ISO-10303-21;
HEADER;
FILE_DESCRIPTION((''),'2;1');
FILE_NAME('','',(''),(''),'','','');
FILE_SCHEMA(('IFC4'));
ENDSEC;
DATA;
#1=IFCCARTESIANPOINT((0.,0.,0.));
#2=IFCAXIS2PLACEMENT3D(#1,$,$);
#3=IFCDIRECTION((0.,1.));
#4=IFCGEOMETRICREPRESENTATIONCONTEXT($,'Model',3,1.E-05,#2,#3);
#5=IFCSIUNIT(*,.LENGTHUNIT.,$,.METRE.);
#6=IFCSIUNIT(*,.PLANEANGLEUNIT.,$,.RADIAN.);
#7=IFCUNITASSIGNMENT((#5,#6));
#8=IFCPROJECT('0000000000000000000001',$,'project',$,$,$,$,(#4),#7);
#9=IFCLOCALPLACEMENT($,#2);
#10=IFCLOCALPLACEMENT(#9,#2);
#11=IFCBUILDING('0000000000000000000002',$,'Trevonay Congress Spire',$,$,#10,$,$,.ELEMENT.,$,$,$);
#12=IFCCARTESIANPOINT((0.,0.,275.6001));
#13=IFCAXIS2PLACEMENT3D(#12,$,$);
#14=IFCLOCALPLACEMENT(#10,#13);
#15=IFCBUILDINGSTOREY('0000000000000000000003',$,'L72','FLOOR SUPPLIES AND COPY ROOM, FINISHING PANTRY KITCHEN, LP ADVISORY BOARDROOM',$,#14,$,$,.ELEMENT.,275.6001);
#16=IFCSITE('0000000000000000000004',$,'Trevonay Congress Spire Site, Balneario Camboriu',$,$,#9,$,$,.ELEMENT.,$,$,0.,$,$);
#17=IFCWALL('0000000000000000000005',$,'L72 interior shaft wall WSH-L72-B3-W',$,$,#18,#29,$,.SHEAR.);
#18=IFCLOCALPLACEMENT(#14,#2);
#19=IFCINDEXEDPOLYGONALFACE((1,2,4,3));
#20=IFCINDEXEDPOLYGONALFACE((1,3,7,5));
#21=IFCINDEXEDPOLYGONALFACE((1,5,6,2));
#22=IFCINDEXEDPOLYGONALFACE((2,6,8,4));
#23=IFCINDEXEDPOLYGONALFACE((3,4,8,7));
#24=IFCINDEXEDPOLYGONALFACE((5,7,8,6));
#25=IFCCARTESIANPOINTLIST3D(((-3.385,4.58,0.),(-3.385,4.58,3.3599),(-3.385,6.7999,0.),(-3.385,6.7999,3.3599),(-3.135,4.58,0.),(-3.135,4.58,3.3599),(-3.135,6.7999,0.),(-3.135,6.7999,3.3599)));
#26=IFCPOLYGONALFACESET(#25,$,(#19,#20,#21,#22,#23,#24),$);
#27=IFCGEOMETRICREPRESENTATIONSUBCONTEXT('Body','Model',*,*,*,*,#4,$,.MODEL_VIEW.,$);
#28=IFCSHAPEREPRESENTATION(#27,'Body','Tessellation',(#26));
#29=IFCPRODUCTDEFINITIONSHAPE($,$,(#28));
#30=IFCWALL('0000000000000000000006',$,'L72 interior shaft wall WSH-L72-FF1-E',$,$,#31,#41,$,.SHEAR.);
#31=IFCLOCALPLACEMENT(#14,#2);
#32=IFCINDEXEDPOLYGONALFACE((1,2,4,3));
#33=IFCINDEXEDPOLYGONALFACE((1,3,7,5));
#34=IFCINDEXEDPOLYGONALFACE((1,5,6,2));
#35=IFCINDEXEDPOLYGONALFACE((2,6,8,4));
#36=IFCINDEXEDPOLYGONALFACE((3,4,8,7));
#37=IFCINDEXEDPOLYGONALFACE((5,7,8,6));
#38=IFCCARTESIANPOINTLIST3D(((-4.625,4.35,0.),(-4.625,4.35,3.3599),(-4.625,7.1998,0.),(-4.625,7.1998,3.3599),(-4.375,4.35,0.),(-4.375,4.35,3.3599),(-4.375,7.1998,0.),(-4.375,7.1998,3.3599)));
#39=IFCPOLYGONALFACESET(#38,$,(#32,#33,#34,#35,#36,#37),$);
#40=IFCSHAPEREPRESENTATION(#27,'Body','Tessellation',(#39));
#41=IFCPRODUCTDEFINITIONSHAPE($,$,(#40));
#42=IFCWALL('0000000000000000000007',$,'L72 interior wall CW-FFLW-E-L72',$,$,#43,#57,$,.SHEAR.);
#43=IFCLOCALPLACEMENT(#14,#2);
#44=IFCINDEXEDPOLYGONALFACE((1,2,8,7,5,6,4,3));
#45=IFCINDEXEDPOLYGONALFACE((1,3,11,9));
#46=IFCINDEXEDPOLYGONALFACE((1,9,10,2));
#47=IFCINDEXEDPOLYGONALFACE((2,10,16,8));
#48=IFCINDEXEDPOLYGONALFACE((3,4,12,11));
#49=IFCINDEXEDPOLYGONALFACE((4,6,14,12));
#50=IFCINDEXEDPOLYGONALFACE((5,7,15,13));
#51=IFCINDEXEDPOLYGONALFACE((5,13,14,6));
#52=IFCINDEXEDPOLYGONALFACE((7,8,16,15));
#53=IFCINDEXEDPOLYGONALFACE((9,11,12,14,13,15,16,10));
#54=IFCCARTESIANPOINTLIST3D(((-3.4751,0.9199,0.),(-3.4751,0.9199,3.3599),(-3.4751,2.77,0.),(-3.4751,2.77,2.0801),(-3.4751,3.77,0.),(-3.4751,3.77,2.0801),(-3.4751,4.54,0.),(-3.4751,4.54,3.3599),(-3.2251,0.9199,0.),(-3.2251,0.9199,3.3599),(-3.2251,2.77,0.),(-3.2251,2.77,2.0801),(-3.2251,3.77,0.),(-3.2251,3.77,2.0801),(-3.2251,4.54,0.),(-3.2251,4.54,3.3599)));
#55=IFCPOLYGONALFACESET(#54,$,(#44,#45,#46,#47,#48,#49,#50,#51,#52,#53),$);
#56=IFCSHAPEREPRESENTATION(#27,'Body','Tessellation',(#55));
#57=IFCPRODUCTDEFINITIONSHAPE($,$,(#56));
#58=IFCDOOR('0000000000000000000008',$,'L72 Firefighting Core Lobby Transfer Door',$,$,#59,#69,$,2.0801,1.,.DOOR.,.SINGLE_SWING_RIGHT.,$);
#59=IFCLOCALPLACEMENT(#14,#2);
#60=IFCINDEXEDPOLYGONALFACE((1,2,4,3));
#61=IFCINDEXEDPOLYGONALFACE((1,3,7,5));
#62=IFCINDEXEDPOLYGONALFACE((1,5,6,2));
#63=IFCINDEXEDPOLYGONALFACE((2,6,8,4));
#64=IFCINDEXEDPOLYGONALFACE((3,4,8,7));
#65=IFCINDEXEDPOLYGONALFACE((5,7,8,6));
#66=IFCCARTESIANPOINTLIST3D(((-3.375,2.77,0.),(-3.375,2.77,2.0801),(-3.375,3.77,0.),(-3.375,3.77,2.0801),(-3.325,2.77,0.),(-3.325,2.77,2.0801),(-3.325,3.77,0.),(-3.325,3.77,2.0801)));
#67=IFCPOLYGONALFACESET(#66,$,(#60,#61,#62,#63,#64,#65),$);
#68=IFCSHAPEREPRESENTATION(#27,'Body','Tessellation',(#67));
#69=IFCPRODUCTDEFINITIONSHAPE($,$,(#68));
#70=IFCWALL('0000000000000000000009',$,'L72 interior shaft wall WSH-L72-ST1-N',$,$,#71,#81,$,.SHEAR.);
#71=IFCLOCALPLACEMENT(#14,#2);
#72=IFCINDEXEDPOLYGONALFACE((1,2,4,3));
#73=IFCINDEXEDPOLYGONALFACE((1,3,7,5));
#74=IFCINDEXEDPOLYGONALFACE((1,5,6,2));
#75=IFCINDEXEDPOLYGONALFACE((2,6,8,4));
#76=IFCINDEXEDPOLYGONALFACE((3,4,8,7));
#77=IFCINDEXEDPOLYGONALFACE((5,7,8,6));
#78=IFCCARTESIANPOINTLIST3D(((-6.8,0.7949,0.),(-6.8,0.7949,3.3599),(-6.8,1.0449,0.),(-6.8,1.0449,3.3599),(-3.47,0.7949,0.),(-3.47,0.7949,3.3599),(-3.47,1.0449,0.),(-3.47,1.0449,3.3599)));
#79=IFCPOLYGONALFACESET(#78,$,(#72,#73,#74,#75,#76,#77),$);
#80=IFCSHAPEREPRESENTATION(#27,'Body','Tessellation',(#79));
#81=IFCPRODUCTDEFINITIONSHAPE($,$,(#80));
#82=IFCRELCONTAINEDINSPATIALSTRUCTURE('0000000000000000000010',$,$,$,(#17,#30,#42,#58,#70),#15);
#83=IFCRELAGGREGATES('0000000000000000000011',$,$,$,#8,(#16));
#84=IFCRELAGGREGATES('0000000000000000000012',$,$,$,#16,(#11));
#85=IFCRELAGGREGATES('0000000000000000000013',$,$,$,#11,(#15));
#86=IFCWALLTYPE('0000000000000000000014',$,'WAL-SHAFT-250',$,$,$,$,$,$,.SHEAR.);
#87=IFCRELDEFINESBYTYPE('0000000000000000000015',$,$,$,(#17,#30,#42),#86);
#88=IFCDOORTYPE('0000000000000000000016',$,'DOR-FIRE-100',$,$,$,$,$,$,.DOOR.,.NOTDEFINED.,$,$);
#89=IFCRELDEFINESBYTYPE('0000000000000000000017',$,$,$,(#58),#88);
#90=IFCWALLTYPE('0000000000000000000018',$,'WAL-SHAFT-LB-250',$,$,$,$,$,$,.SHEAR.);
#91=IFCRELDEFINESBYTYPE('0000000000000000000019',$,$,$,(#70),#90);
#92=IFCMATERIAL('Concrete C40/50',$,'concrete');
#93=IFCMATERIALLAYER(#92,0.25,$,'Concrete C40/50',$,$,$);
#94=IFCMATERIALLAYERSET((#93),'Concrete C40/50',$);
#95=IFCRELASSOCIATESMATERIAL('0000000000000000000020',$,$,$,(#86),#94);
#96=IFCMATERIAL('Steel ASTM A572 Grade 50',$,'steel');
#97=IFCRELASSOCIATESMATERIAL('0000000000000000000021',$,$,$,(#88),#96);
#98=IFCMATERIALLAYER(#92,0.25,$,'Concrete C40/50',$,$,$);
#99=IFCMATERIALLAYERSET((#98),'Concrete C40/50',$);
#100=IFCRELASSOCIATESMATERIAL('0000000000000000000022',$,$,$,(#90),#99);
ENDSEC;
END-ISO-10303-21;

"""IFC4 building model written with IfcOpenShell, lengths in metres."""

from ifc_helpers import new_model, si_unit, direction, frame, frame_2d, origin, place, context, subcontext, project, spatial, rectangle, extrude, material, layer, layer_set, type_object, element, fill, save


model = new_model("IFC4")

# Units and contexts
model_context = context("Model", 3, precision=1e-05, world=origin(), true_north=direction((0.0, 1.0)))
body_context = subcontext(model_context, "Body", "Model", "MODEL_VIEW")
ifc_project = project(units=[si_unit("LENGTHUNIT", "METRE"), si_unit("PLANEANGLEUNIT", "RADIAN")], contexts=[model_context])

# Site, building, storey
site_placement = place(None, origin())
site = spatial("IfcSite", under=ifc_project, at=site_placement, Name="Trevonay Congress Spire Site, Balneario Camboriu", CompositionType="ELEMENT", RefElevation=0.0)
building_placement = place(site_placement, origin())
building = spatial("IfcBuilding", under=site, at=building_placement, Name="Trevonay Congress Spire", CompositionType="ELEMENT")
storey_placement = place(building_placement, frame((0.0, 0.0, 275.6001)))
storey = spatial("IfcBuildingStorey", under=building, at=storey_placement, Name="L72", Description="FLOOR SUPPLIES AND COPY ROOM, FINISHING PANTRY KITCHEN, LP ADVISORY BOARDROOM", CompositionType="ELEMENT", Elevation=275.6001)

# Shared definitions
ifc_material_1 = material(Name="Steel ASTM A572 Grade 50", Category="steel")

# Shared definitions
ifc_material_2 = material(Name="Concrete C40/50", Category="concrete")

# Shared definitions
ifc_layer_1 = layer(ifc_material_2, 0.25, Name="Concrete C40/50")
ifc_layer_set_1 = layer_set([ifc_layer_1], Name="Concrete C40/50")
wall_type_1 = type_object("IfcWallType", Name="WAL-SHAFT-250", PredefinedType="SHEAR", material=ifc_layer_set_1)

# Walls
wall_1_placement = place(storey_placement, frame((-3.26, 4.5801, 0.0), z_axis=(0.0, 0.0, 1.0), x_axis=(0.0, 1.0, 0.0)))
element("IfcWall", 1, at=wall_1_placement, inside=storey, type_object=wall_type_1, Name="L72 interior shaft wall WSH-L72-B3-W", PredefinedType="SHEAR", context=body_context, shape_type="SweptSolid", body=[
    extrude(rectangle(XDim=2.22, YDim=0.25, at=frame_2d((1.1099, 0.0))), origin(), (0.0, 0.0, 1.0), 3.3599),
])
wall_2_placement = place(storey_placement, frame((-4.5, 4.3501, 0.0), z_axis=(0.0, 0.0, 1.0), x_axis=(0.0, 1.0, 0.0)))
element("IfcWall", 2, at=wall_2_placement, inside=storey, type_object=wall_type_1, Name="L72 interior shaft wall WSH-L72-FF1-E", PredefinedType="SHEAR", context=body_context, shape_type="SweptSolid", body=[
    extrude(rectangle(XDim=2.8499, YDim=0.25, at=frame_2d((1.4248, 0.0))), origin(), (0.0, 0.0, 1.0), 3.3599),
])

# Wall, opening, door
wall_3_placement = place(storey_placement, frame((-3.3501, 0.9199, 0.0), z_axis=(0.0, 0.0, 1.0), x_axis=(0.0, 1.0, 0.0)))
wall_3 = element("IfcWall", 3, at=wall_3_placement, inside=storey, type_object=wall_type_1, Name="L72 interior wall CW-FFLW-E-L72", PredefinedType="SHEAR", context=body_context, shape_type="SweptSolid", body=[
    extrude(rectangle(XDim=3.6201, YDim=0.25, at=frame_2d((1.8101, 0.0))), origin(), (0.0, 0.0, 1.0), 3.3599),
])
opening_1_placement = place(wall_3_placement, frame((1.8501, 0.0, 0.0)))
opening_1 = element("IfcOpeningElement", 4, at=opening_1_placement, cuts=wall_3, PredefinedType="OPENING", context=body_context, shape_type="SweptSolid", body=[
    extrude(rectangle(XDim=1.0, YDim=2.0801, at=frame_2d((0.5, 1.04))), frame((0.0, 0.135, 0.0), z_axis=(0.0, -1.0, 0.0), x_axis=(1.0, 0.0, 0.0)), (0.0, 0.0, 1.0), 0.27),
])
door_type_1 = type_object("IfcDoorType", Name="DOR-FIRE-100", OperationType="NOTDEFINED", PredefinedType="DOOR", material=ifc_material_1)
door_1_placement = place(opening_1_placement, origin())
door_1 = element("IfcDoor", 5, at=door_1_placement, inside=storey, type_object=door_type_1, Name="L72 Firefighting Core Lobby Transfer Door", OperationType="SINGLE_SWING_RIGHT", OverallHeight=2.0801, OverallWidth=1.0, PredefinedType="DOOR", context=body_context, shape_type="SweptSolid", body=[
    extrude(rectangle(XDim=1.0, YDim=2.0801, at=frame_2d((0.5, 1.04))), frame((0.0, 0.0249, 0.0), z_axis=(0.0, -1.0, 0.0), x_axis=(1.0, 0.0, 0.0)), (0.0, 0.0, 1.0), 0.05),
])
fill(opening_1, door_1)

# Wall
ifc_layer_2 = layer(ifc_material_2, 0.25, Name="Concrete C40/50")
ifc_layer_set_2 = layer_set([ifc_layer_2], Name="Concrete C40/50")
wall_type_2 = type_object("IfcWallType", Name="WAL-SHAFT-LB-250", PredefinedType="SHEAR", material=ifc_layer_set_2)
wall_4_placement = place(storey_placement, frame((-6.8, 0.9199, 0.0), z_axis=(0.0, 0.0, 1.0), x_axis=(1.0, 0.0, 0.0)))
element("IfcWall", 6, at=wall_4_placement, inside=storey, type_object=wall_type_2, Name="L72 interior shaft wall WSH-L72-ST1-N", PredefinedType="SHEAR", context=body_context, shape_type="SweptSolid", body=[
    extrude(rectangle(XDim=3.3301, YDim=0.25, at=frame_2d((1.665, 0.0))), origin(), (0.0, 0.0, 1.0), 3.3599),
])

save(model, "model.ifc")
